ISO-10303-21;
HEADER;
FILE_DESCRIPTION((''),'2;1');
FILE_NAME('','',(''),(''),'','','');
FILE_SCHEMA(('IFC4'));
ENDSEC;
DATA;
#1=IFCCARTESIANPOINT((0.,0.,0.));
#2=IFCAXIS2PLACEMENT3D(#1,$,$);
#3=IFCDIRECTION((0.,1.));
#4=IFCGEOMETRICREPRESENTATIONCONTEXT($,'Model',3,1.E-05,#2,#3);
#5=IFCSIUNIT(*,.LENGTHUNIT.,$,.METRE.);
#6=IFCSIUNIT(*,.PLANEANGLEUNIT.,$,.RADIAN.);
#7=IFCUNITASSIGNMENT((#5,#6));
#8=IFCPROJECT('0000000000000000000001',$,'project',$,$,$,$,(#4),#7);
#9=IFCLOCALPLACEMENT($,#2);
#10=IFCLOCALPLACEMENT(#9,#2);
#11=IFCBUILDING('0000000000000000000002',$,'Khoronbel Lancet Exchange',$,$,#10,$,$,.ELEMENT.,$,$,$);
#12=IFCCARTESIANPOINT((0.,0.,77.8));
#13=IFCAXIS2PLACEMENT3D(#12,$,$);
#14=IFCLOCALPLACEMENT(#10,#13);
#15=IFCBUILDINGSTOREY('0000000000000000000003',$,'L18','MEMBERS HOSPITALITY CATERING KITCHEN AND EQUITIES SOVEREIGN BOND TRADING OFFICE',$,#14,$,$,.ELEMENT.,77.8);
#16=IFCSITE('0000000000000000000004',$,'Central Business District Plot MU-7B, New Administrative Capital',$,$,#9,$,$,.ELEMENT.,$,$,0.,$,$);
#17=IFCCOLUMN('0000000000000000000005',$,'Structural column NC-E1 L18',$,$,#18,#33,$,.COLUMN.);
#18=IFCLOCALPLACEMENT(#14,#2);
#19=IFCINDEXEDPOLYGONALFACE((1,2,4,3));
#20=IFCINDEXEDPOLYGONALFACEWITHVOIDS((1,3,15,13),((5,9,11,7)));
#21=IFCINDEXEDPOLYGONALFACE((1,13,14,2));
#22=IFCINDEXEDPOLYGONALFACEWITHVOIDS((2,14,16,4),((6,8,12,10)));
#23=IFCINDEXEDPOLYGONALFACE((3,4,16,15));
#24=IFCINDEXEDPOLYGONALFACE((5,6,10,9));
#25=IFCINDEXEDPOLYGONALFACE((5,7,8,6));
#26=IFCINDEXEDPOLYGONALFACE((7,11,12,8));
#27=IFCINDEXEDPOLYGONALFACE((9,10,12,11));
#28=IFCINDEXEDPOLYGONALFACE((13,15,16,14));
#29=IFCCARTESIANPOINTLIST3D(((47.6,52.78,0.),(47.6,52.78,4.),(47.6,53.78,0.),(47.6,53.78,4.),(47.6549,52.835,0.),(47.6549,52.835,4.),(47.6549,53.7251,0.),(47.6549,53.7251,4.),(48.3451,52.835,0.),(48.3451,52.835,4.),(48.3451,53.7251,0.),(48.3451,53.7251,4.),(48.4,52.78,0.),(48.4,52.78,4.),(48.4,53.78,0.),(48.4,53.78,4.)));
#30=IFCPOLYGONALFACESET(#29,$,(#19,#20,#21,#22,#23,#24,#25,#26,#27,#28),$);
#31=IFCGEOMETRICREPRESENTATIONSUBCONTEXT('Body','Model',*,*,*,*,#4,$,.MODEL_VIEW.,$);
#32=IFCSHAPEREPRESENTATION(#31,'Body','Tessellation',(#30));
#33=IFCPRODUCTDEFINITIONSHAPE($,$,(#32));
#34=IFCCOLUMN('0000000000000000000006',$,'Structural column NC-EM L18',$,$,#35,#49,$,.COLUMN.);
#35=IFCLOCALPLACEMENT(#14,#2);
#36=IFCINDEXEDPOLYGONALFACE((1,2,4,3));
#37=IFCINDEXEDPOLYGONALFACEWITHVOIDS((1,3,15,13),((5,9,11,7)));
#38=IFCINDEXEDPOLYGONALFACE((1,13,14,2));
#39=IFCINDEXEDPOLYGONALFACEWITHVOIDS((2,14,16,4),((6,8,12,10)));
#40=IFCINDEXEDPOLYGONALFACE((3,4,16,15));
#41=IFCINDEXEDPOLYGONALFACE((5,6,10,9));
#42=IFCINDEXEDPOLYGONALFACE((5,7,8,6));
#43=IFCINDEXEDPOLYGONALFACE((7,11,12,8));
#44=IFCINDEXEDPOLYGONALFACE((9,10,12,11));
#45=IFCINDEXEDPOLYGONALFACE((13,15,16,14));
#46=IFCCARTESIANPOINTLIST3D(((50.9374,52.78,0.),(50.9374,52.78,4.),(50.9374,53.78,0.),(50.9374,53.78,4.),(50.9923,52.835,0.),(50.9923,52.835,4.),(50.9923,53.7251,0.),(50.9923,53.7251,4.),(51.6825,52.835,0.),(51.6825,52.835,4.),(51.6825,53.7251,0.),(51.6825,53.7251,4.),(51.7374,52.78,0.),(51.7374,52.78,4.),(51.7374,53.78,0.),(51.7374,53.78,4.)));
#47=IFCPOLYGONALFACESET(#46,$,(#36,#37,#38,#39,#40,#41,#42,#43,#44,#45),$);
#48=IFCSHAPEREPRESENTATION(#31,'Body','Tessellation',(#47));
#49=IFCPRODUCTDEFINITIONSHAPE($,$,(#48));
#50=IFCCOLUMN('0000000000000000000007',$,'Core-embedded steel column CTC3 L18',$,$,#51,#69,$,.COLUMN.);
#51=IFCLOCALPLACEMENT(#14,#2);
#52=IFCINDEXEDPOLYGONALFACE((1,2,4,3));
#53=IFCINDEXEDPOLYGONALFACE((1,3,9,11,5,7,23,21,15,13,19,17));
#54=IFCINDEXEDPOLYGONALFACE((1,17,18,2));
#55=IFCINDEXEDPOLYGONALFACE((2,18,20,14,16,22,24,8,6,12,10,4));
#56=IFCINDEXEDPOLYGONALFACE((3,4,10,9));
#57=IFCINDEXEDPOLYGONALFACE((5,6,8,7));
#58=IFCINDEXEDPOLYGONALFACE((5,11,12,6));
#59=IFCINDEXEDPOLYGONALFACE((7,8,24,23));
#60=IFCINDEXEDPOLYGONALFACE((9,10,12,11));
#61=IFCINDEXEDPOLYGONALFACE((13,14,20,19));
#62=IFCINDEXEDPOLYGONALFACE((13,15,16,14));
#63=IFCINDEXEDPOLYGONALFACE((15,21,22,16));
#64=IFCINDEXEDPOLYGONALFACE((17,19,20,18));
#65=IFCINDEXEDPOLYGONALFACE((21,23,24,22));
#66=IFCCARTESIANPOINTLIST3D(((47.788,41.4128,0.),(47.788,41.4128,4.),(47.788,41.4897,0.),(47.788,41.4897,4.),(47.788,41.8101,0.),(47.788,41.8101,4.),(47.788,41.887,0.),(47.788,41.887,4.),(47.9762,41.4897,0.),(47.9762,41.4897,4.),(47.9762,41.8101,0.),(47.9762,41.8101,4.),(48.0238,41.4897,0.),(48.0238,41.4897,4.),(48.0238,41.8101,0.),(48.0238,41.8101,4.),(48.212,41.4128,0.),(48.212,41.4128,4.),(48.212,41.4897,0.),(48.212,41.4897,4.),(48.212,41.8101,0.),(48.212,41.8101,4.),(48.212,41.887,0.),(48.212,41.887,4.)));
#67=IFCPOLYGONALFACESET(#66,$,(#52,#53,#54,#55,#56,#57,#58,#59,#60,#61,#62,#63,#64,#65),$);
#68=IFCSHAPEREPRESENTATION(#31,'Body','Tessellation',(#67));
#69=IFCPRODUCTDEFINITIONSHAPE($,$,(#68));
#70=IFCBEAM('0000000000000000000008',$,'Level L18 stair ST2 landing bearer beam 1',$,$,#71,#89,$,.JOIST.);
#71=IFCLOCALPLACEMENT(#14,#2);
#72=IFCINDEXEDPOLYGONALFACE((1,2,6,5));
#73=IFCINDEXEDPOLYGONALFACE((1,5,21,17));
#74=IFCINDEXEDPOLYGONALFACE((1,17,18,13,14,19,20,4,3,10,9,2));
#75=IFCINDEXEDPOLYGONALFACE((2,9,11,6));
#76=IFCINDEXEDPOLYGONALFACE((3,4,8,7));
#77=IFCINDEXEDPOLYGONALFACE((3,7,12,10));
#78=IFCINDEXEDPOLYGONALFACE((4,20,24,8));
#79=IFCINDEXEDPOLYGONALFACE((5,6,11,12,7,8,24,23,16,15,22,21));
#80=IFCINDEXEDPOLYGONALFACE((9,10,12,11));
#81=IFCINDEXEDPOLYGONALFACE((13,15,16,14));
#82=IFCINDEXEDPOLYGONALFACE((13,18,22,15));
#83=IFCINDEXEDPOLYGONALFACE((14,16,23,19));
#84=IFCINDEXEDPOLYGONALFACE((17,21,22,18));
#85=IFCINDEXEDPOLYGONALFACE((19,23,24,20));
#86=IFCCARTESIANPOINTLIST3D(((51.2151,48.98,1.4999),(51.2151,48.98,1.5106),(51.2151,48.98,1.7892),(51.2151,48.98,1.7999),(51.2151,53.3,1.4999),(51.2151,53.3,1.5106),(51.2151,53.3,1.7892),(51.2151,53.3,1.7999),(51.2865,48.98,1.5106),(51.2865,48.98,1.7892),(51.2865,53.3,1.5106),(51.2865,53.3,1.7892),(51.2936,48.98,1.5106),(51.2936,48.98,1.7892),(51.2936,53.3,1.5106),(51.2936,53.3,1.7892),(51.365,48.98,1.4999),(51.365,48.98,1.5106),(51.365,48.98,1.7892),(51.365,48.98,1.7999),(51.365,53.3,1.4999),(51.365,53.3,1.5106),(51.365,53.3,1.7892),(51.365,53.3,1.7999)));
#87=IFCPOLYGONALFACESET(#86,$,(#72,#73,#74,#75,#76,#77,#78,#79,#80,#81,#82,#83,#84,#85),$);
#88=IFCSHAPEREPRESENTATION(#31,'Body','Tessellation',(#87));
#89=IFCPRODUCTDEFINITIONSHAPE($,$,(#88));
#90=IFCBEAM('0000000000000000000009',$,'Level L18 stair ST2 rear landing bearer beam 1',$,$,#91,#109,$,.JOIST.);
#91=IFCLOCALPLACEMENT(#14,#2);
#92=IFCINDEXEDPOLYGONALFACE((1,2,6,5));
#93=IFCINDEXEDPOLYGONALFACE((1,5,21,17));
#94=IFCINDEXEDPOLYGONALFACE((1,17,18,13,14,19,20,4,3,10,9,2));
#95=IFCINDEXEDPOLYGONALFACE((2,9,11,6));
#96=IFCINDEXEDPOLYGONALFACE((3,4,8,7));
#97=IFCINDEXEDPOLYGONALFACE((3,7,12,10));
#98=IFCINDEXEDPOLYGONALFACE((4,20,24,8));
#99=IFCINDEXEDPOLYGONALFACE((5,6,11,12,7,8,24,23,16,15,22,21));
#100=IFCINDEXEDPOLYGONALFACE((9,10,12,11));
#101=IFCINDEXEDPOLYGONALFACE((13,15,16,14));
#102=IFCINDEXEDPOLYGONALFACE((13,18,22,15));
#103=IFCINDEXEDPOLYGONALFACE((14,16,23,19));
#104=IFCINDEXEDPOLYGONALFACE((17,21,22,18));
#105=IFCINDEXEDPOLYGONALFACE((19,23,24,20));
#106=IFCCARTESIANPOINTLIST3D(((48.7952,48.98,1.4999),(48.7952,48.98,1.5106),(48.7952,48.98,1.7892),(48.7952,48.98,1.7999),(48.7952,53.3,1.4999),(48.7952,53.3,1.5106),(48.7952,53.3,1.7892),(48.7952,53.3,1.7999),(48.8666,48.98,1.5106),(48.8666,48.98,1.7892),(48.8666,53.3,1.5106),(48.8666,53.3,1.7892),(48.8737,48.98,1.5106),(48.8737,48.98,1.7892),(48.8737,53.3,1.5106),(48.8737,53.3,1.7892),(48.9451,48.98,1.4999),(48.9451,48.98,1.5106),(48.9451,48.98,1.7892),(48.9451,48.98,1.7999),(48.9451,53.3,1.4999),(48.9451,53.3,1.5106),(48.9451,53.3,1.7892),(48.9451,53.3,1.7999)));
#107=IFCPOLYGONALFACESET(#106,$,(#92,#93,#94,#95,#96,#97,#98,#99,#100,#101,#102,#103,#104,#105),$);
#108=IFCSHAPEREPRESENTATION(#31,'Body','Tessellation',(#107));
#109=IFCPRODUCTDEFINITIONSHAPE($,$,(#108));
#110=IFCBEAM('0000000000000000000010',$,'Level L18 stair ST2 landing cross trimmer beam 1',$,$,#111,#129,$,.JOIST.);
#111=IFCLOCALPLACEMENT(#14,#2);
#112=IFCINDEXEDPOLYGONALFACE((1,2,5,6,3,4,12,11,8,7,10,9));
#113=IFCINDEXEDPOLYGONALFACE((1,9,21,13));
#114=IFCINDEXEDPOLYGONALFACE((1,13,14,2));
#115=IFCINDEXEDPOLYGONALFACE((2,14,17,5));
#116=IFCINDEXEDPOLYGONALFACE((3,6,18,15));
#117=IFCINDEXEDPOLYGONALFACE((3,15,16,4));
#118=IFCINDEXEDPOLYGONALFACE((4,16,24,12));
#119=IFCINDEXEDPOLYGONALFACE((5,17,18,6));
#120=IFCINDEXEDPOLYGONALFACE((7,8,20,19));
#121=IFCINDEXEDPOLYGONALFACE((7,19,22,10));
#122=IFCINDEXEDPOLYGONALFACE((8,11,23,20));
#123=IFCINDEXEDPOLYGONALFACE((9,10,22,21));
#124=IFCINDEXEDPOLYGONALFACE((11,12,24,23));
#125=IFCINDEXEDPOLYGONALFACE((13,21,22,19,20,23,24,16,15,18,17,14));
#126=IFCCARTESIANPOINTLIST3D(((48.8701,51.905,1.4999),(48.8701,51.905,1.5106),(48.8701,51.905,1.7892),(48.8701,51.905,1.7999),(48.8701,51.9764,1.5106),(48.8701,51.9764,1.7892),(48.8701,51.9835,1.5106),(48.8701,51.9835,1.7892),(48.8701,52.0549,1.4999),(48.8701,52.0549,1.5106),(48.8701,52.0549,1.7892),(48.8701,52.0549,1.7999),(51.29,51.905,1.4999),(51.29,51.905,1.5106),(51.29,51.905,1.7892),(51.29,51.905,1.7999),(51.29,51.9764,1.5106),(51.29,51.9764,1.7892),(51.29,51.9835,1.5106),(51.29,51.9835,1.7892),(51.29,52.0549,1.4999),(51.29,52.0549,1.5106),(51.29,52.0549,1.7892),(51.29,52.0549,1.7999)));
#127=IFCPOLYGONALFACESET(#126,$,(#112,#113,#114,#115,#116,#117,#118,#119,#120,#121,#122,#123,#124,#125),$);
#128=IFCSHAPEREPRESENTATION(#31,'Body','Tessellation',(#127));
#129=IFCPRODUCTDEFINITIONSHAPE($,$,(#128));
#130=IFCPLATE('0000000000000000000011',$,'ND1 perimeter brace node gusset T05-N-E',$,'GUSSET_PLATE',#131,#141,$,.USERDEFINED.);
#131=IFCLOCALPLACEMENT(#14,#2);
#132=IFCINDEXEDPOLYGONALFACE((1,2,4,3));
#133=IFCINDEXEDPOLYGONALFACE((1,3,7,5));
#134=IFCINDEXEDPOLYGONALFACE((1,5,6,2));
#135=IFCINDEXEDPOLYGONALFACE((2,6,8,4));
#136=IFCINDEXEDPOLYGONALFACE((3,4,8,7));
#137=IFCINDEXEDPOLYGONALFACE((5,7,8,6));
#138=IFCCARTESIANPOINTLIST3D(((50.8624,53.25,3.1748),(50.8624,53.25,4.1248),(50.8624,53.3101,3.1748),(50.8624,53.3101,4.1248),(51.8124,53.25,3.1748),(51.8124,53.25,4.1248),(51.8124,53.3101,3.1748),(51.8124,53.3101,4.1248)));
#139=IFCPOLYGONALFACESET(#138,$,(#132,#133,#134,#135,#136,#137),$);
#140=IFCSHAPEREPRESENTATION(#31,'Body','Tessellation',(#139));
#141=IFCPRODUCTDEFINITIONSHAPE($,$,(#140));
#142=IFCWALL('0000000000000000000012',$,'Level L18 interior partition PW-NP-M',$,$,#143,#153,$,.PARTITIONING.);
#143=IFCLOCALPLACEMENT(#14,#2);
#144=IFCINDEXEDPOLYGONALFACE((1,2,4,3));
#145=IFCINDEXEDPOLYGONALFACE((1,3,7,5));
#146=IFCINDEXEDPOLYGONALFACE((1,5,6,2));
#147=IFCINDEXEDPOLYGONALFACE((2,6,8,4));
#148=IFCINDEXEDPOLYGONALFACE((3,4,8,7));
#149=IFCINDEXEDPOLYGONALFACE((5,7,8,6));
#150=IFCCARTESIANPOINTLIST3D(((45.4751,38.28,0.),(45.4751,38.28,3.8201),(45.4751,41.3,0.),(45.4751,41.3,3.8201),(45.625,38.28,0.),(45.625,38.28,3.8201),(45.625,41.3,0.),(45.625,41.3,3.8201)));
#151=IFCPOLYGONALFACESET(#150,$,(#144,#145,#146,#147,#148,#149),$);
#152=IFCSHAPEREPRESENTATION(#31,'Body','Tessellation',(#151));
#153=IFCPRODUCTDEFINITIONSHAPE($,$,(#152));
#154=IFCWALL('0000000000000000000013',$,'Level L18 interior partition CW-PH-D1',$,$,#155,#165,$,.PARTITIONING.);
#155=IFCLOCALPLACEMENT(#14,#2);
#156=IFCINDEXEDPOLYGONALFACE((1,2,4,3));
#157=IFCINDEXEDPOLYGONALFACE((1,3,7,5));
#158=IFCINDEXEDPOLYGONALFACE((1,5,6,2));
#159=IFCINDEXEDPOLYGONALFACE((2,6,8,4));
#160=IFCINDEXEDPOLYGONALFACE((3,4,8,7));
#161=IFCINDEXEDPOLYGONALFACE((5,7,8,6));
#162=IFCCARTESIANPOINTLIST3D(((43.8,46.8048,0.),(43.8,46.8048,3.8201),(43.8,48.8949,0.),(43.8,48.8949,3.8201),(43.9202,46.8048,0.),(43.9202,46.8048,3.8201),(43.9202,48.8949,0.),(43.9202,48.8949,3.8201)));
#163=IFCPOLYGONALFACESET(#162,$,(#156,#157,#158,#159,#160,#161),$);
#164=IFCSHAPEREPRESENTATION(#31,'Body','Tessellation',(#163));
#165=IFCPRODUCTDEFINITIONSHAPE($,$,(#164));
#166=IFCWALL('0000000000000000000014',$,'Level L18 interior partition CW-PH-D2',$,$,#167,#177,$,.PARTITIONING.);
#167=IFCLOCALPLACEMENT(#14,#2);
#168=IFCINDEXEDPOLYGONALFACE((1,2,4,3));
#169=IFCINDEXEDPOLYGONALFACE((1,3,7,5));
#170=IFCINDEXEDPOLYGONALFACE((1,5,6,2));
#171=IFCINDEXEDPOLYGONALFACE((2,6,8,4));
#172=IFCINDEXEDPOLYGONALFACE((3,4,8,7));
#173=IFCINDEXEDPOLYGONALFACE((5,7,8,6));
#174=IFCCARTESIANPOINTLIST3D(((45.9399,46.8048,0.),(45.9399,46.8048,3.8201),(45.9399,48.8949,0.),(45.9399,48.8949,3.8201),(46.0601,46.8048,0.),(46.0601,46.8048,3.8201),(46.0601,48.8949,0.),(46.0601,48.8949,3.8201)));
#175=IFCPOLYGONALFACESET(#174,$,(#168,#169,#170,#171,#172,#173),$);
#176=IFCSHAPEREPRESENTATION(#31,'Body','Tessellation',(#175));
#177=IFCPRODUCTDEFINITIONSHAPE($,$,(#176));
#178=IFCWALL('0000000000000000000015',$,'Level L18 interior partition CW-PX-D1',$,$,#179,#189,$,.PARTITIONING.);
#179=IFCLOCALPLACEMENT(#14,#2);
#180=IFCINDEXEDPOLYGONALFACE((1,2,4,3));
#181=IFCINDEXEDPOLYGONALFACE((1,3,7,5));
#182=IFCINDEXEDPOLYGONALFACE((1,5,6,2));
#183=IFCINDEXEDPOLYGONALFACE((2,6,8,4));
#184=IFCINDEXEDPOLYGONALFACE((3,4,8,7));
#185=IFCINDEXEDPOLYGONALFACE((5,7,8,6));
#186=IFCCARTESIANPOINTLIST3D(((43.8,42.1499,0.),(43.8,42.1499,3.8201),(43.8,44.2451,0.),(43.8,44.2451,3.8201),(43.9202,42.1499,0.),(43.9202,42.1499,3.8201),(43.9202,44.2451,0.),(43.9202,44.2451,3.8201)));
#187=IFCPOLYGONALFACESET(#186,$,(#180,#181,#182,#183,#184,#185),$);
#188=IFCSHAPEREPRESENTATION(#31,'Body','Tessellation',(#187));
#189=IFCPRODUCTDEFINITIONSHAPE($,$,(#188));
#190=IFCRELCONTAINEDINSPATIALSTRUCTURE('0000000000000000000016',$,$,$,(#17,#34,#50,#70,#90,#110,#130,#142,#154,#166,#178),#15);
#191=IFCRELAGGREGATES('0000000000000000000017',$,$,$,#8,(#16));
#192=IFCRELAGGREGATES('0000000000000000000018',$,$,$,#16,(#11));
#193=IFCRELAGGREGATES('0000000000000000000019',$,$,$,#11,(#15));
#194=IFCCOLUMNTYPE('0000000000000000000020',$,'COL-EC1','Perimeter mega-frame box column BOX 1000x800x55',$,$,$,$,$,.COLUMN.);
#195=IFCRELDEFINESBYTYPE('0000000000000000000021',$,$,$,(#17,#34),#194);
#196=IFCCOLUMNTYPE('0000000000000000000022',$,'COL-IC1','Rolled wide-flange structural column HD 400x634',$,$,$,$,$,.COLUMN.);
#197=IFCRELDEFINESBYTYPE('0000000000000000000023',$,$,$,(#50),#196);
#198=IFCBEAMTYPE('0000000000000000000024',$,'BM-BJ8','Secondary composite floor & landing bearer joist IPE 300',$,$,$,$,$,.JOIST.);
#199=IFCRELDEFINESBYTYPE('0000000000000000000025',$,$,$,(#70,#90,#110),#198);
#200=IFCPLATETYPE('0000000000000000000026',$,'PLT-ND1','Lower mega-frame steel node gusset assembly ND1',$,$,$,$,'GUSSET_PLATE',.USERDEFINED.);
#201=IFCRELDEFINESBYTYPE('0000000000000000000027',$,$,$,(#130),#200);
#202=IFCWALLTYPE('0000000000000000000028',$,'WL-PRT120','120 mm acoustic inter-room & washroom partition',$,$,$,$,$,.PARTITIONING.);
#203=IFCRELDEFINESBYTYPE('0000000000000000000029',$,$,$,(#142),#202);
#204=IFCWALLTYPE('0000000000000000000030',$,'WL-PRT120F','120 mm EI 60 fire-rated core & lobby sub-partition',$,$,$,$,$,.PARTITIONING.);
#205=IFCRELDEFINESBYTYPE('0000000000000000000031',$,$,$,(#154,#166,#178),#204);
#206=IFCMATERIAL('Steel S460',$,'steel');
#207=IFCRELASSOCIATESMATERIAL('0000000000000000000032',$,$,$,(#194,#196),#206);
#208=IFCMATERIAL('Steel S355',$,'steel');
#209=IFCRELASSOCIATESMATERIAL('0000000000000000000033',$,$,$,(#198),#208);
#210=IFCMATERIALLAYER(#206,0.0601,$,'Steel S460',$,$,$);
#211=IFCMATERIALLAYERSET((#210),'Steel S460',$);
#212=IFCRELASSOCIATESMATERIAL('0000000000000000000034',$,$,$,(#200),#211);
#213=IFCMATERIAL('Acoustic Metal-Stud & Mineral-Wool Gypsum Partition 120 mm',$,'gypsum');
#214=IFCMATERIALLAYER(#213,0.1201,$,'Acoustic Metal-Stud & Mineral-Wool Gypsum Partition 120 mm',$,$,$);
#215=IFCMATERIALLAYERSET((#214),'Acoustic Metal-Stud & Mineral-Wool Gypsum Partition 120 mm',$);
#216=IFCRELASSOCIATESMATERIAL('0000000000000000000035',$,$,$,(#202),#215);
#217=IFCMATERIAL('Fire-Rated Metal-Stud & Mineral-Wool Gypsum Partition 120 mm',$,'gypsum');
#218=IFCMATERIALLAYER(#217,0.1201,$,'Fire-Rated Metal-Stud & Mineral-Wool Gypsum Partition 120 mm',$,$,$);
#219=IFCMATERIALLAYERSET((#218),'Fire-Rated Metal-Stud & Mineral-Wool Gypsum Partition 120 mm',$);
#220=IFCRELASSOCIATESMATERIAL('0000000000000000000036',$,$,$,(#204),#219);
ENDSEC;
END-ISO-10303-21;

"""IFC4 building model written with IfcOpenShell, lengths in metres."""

from ifc_helpers import new_model, si_unit, direction, frame, frame_2d, origin, origin_2d, place, context, subcontext, project, spatial, rectangle, hollow_rectangle, i_section, extrude, material, layer, layer_set, material_profile, profile_set, type_object, element, save


model = new_model("IFC4")

# Units and contexts
model_context = context("Model", 3, precision=1e-05, world=origin(), true_north=direction((0.0, 1.0)))
body_context = subcontext(model_context, "Body", "Model", "MODEL_VIEW")
ifc_project = project(units=[si_unit("LENGTHUNIT", "METRE"), si_unit("PLANEANGLEUNIT", "RADIAN")], contexts=[model_context])

# Site, building, storey
site_placement = place(None, origin())
site = spatial("IfcSite", under=ifc_project, at=site_placement, Name="Central Business District Plot MU-7B, New Administrative Capital", CompositionType="ELEMENT", RefElevation=0.0)
building_placement = place(site_placement, origin())
building = spatial("IfcBuilding", under=site, at=building_placement, Name="Khoronbel Lancet Exchange", CompositionType="ELEMENT")
storey_placement = place(building_placement, frame((0.0, 0.0, 77.8)))
storey = spatial("IfcBuildingStorey", under=building, at=storey_placement, Name="L18", Description="MEMBERS HOSPITALITY CATERING KITCHEN AND EQUITIES SOVEREIGN BOND TRADING OFFICE", CompositionType="ELEMENT", Elevation=77.8)

# Columns
ifc_material_1 = material(Name="Steel S460", Category="steel")
ifc_material_profile_1 = material_profile(ifc_material_1, hollow_rectangle(XDim=0.8, YDim=1.0, WallThickness=0.0549, at=origin_2d()), Name="BOX 1000x800x55")
ifc_profile_set_1 = profile_set([ifc_material_profile_1], Name="Steel S460")
column_type_1 = type_object("IfcColumnType", Name="COL-EC1", Description="Perimeter mega-frame box column BOX 1000x800x55", PredefinedType="COLUMN", material=ifc_profile_set_1)
for number, where, z_axis, x_axis, name in (
    (1, (48.0, 53.28, 0.0), (0.0, 0.0, 1.0), (1.0, 0.0, 0.0), "Structural column NC-E1 L18"),
    (2, (51.3374, 53.28, 0.0), (0.0, 0.0, 1.0), (1.0, 0.0, 0.0), "Structural column NC-EM L18"),
):
    element("IfcColumn", number, at=place(storey_placement, frame(where, z_axis=z_axis, x_axis=x_axis)), inside=storey, type_object=column_type_1, Name=name, PredefinedType="COLUMN", context=body_context, shape_type="SweptSolid", body=[
        extrude(hollow_rectangle(XDim=0.8, YDim=1.0, WallThickness=0.0549, at=origin_2d()), origin(), (0.0, 0.0, 1.0), 4.0),
    ])
ifc_material_profile_2 = material_profile(ifc_material_1, i_section(OverallWidth=0.4241, OverallDepth=0.4741, WebThickness=0.0476, FlangeThickness=0.0769, at=origin_2d()), Name="HD 400x634")
ifc_profile_set_2 = profile_set([ifc_material_profile_2], Name="Steel S460")
column_type_2 = type_object("IfcColumnType", Name="COL-IC1", Description="Rolled wide-flange structural column HD 400x634", PredefinedType="COLUMN", material=ifc_profile_set_2)
column_placement = place(storey_placement, frame((48.0, 41.6499, 0.0), z_axis=(0.0, 0.0, 1.0), x_axis=(1.0, 0.0, 0.0)))
element("IfcColumn", 3, at=column_placement, inside=storey, type_object=column_type_2, Name="Core-embedded steel column CTC3 L18", PredefinedType="COLUMN", context=body_context, shape_type="SweptSolid", body=[
    extrude(i_section(OverallWidth=0.4241, OverallDepth=0.4741, WebThickness=0.0476, FlangeThickness=0.0769, at=origin_2d()), origin(), (0.0, 0.0, 1.0), 4.0),
])

# Beams
ifc_material_2 = material(Name="Steel S355", Category="steel")
ifc_material_profile_3 = material_profile(ifc_material_2, i_section(OverallWidth=0.1499, OverallDepth=0.3, WebThickness=0.0071, FlangeThickness=0.0107, at=origin_2d()), Name="IPE 300")
ifc_profile_set_3 = profile_set([ifc_material_profile_3], Name="Steel S355")
beam_type = type_object("IfcBeamType", Name="BM-BJ8", Description="Secondary composite floor & landing bearer joist IPE 300", PredefinedType="JOIST", material=ifc_profile_set_3)
for number, where, z_axis, x_axis, name in (
    (4, (51.29, 48.98, 1.6499), (0.0, 1.0, 0.0), (-1.0, 0.0, 0.0), "Level L18 stair ST2 landing bearer beam 1"),
    (5, (48.8701, 48.98, 1.6499), (0.0, 1.0, 0.0), (-1.0, 0.0, 0.0), "Level L18 stair ST2 rear landing bearer beam 1"),
):
    element("IfcBeam", number, at=place(storey_placement, frame(where, z_axis=z_axis, x_axis=x_axis)), inside=storey, type_object=beam_type, Name=name, PredefinedType="JOIST", context=body_context, shape_type="SweptSolid", body=[
        extrude(i_section(OverallWidth=0.1499, OverallDepth=0.3, WebThickness=0.0071, FlangeThickness=0.0107, at=origin_2d()), origin(), (0.0, 0.0, 1.0), 4.3201),
    ])
beam_placement = place(storey_placement, frame((48.8701, 51.98, 1.6499), z_axis=(1.0, 0.0, 0.0), x_axis=(0.0, 1.0, 0.0)))
element("IfcBeam", 6, at=beam_placement, inside=storey, type_object=beam_type, Name="Level L18 stair ST2 landing cross trimmer beam 1", PredefinedType="JOIST", context=body_context, shape_type="SweptSolid", body=[
    extrude(i_section(OverallWidth=0.1499, OverallDepth=0.3, WebThickness=0.0071, FlangeThickness=0.0107, at=origin_2d()), origin(), (0.0, 0.0, 1.0), 2.4199),
])

# Plate
ifc_layer_1 = layer(ifc_material_1, 0.0601, Name="Steel S460")
ifc_layer_set_1 = layer_set([ifc_layer_1], Name="Steel S460")
plate_type = type_object("IfcPlateType", Name="PLT-ND1", Description="Lower mega-frame steel node gusset assembly ND1", ElementType="GUSSET_PLATE", PredefinedType="USERDEFINED", material=ifc_layer_set_1)
plate_placement = place(storey_placement, frame((51.3374, 53.28, 3.1748), z_axis=(0.0, 0.0, 1.0), x_axis=(1.0, 0.0, 0.0)))
element("IfcPlate", 7, at=plate_placement, inside=storey, type_object=plate_type, Name="ND1 perimeter brace node gusset T05-N-E", ObjectType="GUSSET_PLATE", PredefinedType="USERDEFINED", context=body_context, shape_type="SweptSolid", body=[
    extrude(rectangle(XDim=0.95, YDim=0.0601, at=origin_2d()), origin(), (0.0, 0.0, 1.0), 0.95),
])

# Walls
ifc_material_3 = material(Name="Acoustic Metal-Stud & Mineral-Wool Gypsum Partition 120 mm", Category="gypsum")
ifc_layer_2 = layer(ifc_material_3, 0.1201, Name="Acoustic Metal-Stud & Mineral-Wool Gypsum Partition 120 mm")
ifc_layer_set_2 = layer_set([ifc_layer_2], Name="Acoustic Metal-Stud & Mineral-Wool Gypsum Partition 120 mm")
wall_type_1 = type_object("IfcWallType", Name="WL-PRT120", Description="120 mm acoustic inter-room & washroom partition", PredefinedType="PARTITIONING", material=ifc_layer_set_2)
wall_1_placement = place(storey_placement, frame((45.55, 38.28, 0.0), z_axis=(0.0, 0.0, 1.0), x_axis=(0.0, 1.0, 0.0)))
element("IfcWall", 8, at=wall_1_placement, inside=storey, type_object=wall_type_1, Name="Level L18 interior partition PW-NP-M", PredefinedType="PARTITIONING", context=body_context, shape_type="SweptSolid", body=[
    extrude(rectangle(XDim=3.02, YDim=0.1499, at=frame_2d((1.51, 0.0))), origin(), (0.0, 0.0, 1.0), 3.8201),
])
ifc_material_4 = material(Name="Fire-Rated Metal-Stud & Mineral-Wool Gypsum Partition 120 mm", Category="gypsum")
ifc_layer_3 = layer(ifc_material_4, 0.1201, Name="Fire-Rated Metal-Stud & Mineral-Wool Gypsum Partition 120 mm")
ifc_layer_set_3 = layer_set([ifc_layer_3], Name="Fire-Rated Metal-Stud & Mineral-Wool Gypsum Partition 120 mm")
wall_type_2 = type_object("IfcWallType", Name="WL-PRT120F", Description="120 mm EI 60 fire-rated core & lobby sub-partition", PredefinedType="PARTITIONING", material=ifc_layer_set_3)
for number, where, z_axis, x_axis, name in (
    (9, (43.8601, 46.8049, 0.0), (0.0, 0.0, 1.0), (0.0, 1.0, 0.0), "Level L18 interior partition CW-PH-D1"),
    (10, (46.0, 46.8049, 0.0), (0.0, 0.0, 1.0), (0.0, 1.0, 0.0), "Level L18 interior partition CW-PH-D2"),
):
    element("IfcWall", number, at=place(storey_placement, frame(where, z_axis=z_axis, x_axis=x_axis)), inside=storey, type_object=wall_type_2, Name=name, PredefinedType="PARTITIONING", context=body_context, shape_type="SweptSolid", body=[
        extrude(rectangle(XDim=2.0901, YDim=0.1201, at=frame_2d((1.0449, 0.0))), origin(), (0.0, 0.0, 1.0), 3.8201),
    ])
for number, where, z_axis, x_axis, name in (
    (11, (43.8601, 42.1499, 0.0), (0.0, 0.0, 1.0), (0.0, 1.0, 0.0), "Level L18 interior partition CW-PX-D1"),
):
    element("IfcWall", number, at=place(storey_placement, frame(where, z_axis=z_axis, x_axis=x_axis)), inside=storey, type_object=wall_type_2, Name=name, PredefinedType="PARTITIONING", context=body_context, shape_type="SweptSolid", body=[
        extrude(rectangle(XDim=2.0952, YDim=0.1201, at=frame_2d((1.0476, 0.0))), origin(), (0.0, 0.0, 1.0), 3.8201),
    ])

save(model, "model.ifc")
